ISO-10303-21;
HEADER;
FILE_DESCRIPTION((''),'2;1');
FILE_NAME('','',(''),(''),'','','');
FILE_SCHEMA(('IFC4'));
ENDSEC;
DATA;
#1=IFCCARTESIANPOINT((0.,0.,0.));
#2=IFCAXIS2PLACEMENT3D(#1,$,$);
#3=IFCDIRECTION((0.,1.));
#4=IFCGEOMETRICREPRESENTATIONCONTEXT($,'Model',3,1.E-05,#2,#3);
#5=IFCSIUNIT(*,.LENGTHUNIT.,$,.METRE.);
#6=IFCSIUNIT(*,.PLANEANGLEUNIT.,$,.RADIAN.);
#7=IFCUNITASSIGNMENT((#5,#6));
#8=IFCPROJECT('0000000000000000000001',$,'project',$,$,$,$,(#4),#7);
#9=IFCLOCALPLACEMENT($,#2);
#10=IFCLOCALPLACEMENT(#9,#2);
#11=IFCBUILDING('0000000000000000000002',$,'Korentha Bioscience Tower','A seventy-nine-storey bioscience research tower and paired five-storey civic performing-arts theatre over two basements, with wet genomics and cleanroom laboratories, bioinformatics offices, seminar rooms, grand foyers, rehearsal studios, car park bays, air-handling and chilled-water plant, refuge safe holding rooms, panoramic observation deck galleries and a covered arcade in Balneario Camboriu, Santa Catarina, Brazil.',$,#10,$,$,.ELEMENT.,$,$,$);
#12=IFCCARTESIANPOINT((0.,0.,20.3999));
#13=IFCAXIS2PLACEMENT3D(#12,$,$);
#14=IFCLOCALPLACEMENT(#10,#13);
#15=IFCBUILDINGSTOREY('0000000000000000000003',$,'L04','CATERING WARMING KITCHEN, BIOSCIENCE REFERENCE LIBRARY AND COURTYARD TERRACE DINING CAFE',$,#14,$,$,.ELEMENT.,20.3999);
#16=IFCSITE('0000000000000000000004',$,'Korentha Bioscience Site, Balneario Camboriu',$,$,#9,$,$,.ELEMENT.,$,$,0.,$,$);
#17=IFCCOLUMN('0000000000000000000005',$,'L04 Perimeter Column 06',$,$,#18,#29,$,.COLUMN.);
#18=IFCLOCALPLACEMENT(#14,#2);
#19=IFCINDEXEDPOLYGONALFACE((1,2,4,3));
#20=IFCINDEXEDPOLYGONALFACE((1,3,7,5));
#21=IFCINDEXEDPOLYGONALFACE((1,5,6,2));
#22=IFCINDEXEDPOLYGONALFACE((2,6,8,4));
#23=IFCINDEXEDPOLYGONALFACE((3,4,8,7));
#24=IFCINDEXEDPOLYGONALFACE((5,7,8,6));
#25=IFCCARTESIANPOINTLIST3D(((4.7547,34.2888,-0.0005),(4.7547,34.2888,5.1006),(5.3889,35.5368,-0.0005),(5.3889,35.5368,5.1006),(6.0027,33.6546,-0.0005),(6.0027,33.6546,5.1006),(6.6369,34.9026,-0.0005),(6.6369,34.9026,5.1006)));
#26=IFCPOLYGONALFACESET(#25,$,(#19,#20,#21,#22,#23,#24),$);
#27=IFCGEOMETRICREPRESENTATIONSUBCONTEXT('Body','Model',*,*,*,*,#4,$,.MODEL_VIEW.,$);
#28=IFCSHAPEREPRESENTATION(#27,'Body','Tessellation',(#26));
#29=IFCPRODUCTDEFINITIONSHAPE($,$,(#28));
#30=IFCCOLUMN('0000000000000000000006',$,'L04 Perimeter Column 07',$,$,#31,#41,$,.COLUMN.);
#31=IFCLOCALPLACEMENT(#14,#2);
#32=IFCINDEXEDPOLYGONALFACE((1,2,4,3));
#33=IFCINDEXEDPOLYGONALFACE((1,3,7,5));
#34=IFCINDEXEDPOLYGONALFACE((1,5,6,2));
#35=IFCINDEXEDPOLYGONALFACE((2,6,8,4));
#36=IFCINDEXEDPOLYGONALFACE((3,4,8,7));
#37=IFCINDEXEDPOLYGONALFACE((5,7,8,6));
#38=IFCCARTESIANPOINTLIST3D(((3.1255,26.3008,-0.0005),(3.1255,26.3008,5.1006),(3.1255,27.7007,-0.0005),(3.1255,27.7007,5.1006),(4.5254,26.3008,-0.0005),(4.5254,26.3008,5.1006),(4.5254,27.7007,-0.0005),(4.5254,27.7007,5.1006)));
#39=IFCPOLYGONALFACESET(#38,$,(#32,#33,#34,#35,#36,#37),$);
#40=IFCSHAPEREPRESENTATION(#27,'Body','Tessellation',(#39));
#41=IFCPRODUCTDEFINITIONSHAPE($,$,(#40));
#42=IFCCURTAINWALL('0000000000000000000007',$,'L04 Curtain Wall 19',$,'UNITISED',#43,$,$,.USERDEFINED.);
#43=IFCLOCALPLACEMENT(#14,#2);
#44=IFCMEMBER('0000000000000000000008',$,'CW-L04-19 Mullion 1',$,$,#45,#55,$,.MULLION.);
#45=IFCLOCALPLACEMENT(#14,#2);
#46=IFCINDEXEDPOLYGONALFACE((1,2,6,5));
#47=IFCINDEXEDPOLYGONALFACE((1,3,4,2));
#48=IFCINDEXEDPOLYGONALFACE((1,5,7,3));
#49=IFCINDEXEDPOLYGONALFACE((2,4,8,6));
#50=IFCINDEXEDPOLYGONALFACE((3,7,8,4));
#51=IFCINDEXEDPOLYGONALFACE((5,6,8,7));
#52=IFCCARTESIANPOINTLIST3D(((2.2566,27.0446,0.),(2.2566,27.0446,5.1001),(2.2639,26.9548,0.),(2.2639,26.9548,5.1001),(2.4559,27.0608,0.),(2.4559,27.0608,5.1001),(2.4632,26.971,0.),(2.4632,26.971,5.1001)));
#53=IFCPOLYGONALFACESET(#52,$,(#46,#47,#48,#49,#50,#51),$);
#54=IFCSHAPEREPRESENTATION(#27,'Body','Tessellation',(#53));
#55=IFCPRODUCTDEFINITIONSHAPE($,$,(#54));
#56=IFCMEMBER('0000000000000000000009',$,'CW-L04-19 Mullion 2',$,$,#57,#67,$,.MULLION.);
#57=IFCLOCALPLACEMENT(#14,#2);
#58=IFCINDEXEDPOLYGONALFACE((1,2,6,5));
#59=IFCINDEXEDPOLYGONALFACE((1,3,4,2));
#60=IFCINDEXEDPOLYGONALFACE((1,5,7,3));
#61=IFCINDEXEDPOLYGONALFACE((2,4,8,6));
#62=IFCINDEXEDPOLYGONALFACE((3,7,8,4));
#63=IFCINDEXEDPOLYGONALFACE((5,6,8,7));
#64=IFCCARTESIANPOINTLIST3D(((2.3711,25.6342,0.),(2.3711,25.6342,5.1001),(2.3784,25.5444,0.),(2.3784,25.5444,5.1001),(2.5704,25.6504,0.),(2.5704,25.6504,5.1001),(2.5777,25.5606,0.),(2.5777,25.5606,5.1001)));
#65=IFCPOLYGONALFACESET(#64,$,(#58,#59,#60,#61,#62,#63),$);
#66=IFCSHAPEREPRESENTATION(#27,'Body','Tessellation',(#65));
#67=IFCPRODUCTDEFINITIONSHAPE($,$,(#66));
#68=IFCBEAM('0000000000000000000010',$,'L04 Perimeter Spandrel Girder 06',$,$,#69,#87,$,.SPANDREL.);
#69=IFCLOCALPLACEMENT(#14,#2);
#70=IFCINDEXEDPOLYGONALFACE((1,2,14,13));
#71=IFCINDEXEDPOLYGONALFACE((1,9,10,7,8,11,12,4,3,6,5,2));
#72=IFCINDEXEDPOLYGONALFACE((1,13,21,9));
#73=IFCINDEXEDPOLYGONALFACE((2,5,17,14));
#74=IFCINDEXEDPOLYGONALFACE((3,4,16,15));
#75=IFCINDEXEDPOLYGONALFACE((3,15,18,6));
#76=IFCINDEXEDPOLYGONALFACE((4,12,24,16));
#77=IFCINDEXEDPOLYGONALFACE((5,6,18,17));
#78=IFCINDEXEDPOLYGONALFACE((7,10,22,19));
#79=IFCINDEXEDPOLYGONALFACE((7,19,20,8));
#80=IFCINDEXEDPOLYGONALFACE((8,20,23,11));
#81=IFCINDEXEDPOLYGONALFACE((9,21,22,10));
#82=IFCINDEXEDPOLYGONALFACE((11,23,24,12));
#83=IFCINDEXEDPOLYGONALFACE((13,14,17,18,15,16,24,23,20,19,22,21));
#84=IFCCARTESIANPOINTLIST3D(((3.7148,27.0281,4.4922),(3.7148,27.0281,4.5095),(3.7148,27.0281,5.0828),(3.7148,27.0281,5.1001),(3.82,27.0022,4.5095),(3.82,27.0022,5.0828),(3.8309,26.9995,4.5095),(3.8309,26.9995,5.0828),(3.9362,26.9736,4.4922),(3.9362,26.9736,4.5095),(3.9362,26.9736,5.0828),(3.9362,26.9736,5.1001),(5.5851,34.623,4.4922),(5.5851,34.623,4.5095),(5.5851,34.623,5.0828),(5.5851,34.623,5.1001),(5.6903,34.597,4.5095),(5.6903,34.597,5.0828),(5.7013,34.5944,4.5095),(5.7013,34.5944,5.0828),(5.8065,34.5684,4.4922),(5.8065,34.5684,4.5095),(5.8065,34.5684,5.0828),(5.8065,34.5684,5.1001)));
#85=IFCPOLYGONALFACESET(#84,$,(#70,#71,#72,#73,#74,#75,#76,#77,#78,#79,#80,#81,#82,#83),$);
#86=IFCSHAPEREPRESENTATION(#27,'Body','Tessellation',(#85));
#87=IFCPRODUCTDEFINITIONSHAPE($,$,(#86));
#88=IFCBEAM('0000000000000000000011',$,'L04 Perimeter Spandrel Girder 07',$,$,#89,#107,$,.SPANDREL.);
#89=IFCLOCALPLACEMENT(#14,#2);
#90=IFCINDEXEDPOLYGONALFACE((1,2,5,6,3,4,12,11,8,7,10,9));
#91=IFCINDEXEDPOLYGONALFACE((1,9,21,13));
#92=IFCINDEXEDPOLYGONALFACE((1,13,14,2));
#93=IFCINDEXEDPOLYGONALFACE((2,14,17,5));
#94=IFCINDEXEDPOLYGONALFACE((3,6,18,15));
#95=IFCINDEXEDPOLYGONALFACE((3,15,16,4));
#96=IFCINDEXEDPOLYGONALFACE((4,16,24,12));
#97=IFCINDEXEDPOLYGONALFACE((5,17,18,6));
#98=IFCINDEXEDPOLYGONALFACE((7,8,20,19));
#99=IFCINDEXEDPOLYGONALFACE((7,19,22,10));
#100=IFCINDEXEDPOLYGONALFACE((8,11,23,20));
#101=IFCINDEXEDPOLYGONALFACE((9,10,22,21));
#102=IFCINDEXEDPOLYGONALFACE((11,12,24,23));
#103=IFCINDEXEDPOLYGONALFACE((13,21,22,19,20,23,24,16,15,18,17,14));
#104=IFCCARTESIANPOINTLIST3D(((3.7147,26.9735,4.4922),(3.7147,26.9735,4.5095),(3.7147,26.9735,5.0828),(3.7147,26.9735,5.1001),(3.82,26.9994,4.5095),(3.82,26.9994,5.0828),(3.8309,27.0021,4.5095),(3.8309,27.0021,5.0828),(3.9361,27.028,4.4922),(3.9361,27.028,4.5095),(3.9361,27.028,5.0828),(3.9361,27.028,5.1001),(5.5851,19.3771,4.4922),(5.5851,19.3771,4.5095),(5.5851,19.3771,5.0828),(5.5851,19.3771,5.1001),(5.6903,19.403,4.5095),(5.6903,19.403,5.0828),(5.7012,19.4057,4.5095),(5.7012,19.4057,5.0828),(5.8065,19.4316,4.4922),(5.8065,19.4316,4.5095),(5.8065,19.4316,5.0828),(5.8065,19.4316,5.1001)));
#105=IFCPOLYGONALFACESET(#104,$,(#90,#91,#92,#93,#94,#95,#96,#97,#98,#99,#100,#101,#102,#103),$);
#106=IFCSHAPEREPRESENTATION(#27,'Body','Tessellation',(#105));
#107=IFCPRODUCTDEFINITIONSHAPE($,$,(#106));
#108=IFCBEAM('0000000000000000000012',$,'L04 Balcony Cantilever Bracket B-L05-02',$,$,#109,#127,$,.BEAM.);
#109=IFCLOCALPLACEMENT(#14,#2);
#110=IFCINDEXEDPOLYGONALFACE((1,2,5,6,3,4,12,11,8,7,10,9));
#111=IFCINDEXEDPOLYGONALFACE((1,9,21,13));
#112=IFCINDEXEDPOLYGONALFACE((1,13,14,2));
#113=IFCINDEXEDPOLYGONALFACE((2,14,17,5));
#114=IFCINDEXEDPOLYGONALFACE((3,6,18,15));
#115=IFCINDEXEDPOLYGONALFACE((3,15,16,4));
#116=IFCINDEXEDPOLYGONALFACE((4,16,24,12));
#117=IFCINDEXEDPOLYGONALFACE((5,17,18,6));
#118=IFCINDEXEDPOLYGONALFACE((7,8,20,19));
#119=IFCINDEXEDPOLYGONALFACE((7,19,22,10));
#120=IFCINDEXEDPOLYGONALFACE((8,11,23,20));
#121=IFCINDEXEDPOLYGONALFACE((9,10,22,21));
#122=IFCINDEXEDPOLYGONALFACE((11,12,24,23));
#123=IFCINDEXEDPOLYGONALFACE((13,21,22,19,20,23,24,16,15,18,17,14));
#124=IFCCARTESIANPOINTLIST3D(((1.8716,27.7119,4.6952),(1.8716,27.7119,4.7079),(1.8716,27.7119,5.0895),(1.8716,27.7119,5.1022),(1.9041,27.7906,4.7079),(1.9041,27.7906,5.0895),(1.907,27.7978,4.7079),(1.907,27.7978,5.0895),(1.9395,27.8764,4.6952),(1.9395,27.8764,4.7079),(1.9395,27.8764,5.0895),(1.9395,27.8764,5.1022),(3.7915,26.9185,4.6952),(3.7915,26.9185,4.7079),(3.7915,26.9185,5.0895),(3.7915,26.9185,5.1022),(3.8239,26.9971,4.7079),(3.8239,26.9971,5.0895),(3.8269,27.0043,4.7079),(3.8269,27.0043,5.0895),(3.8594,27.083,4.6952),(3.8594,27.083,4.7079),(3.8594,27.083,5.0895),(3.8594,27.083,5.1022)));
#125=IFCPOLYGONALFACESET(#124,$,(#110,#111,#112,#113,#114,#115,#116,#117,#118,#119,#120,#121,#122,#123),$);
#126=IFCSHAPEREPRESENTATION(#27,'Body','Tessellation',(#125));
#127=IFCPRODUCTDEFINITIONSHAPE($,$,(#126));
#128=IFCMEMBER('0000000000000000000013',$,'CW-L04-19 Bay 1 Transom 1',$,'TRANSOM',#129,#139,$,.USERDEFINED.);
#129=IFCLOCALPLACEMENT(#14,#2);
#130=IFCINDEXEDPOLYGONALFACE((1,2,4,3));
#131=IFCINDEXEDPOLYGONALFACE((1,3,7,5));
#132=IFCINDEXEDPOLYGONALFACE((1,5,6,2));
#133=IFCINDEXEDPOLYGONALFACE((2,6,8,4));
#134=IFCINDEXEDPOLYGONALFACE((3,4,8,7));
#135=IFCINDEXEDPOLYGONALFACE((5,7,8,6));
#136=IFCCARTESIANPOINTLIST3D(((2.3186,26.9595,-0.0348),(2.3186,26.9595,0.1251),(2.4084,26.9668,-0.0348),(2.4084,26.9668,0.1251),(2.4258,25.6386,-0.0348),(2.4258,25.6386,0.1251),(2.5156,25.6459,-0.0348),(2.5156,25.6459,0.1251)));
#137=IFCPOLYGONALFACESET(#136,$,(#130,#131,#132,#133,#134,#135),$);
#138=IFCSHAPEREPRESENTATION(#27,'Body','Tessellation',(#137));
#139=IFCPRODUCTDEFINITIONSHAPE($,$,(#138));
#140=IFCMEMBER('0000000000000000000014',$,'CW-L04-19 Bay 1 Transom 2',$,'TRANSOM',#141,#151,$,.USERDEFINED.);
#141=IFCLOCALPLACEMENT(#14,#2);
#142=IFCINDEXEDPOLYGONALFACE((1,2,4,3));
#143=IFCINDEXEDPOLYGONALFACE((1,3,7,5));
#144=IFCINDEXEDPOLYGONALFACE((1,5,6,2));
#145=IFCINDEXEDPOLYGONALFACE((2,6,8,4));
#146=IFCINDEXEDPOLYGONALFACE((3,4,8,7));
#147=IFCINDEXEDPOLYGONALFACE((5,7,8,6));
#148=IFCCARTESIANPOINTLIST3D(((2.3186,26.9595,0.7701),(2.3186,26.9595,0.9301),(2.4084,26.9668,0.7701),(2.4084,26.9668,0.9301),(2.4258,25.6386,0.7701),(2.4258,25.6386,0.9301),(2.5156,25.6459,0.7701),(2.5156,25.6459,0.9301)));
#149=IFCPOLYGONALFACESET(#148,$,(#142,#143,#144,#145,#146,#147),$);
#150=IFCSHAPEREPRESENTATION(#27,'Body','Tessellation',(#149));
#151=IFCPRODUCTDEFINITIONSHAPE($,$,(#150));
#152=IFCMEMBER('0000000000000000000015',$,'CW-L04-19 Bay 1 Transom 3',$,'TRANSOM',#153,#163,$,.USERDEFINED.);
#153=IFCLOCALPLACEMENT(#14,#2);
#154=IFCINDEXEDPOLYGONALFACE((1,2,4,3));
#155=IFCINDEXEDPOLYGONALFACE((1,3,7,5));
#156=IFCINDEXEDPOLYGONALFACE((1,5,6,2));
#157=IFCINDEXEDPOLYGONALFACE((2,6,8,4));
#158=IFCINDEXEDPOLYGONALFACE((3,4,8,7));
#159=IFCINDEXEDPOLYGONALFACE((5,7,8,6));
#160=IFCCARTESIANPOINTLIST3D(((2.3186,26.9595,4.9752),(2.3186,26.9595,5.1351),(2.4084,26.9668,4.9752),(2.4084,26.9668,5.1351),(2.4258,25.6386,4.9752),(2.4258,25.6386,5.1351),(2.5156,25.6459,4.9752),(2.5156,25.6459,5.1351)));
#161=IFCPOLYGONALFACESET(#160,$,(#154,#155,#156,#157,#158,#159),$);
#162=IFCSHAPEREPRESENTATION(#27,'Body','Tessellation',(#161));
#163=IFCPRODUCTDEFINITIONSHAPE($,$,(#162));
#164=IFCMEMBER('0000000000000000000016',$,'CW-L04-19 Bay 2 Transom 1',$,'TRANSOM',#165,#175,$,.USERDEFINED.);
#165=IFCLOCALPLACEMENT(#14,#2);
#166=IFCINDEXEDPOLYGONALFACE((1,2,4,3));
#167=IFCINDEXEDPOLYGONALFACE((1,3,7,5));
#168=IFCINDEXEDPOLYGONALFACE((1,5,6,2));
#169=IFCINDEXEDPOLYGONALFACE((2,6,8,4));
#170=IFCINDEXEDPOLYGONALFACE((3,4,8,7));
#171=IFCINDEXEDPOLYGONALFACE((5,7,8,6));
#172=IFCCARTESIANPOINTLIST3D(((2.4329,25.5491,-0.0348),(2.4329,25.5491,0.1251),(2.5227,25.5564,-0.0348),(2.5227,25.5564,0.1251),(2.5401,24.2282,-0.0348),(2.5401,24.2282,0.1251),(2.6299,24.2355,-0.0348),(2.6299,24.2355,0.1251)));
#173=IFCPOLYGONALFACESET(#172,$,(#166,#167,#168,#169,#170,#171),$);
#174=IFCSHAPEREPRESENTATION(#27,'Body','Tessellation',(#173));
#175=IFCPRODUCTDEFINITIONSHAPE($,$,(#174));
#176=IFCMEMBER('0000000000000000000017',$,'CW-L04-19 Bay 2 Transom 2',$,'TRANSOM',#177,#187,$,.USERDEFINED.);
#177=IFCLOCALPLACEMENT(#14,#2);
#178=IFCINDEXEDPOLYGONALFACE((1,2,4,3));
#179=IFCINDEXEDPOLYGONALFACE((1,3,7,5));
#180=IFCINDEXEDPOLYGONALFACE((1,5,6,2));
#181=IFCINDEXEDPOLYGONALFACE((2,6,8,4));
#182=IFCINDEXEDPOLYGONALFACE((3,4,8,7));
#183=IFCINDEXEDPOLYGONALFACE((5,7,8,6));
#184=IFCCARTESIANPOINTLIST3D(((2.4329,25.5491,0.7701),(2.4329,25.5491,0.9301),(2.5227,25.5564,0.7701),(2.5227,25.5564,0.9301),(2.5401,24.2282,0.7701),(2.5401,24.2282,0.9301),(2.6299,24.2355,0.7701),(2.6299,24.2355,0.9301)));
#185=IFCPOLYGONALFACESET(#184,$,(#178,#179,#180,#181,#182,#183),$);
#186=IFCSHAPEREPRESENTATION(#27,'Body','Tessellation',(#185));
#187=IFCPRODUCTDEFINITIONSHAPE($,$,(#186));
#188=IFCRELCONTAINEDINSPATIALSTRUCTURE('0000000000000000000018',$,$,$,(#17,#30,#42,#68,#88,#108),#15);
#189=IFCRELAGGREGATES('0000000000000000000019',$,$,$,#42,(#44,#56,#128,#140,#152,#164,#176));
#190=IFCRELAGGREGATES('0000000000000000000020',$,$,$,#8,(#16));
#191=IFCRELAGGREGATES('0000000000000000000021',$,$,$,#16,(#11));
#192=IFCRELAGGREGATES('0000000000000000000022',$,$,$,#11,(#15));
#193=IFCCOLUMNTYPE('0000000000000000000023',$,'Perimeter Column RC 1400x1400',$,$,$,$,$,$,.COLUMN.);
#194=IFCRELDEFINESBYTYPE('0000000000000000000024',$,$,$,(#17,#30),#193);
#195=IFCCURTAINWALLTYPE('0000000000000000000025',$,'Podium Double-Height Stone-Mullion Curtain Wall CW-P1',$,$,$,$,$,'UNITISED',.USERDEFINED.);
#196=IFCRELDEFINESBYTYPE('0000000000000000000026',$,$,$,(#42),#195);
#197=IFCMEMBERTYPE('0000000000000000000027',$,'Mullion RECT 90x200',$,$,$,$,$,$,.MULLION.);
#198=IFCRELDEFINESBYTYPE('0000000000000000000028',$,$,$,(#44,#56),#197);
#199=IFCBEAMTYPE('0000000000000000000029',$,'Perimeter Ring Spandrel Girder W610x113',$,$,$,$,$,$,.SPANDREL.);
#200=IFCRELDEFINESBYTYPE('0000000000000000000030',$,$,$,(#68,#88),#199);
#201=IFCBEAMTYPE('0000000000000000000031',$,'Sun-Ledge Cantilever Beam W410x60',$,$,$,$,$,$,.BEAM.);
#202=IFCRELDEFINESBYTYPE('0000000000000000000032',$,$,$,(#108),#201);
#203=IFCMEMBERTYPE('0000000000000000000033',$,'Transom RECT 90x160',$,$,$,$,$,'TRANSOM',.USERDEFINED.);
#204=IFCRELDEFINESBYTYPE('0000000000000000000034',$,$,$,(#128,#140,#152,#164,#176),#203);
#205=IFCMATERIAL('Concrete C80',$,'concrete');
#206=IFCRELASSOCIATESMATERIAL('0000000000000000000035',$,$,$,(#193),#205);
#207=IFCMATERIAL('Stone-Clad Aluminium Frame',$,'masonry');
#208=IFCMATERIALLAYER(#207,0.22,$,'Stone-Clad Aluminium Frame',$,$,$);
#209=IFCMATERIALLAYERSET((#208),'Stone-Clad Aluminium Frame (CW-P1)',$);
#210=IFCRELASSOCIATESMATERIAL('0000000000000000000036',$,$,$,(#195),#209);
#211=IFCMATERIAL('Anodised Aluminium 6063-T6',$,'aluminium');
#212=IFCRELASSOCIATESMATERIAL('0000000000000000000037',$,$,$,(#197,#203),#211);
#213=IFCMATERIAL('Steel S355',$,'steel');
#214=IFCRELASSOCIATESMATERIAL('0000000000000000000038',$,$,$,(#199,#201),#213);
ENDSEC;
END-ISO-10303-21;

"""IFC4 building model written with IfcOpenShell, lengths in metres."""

from ifc_helpers import new_model, si_unit, direction, frame, origin, origin_2d, place, context, subcontext, project, spatial, rectangle, i_section, extrude, material, layer, layer_set, material_profile, profile_set, type_object, element, aggregate, save


model = new_model("IFC4")

# Units and contexts
model_context = context("Model", 3, precision=1e-05, world=origin(), true_north=direction((0.0, 1.0)))
body_context = subcontext(model_context, "Body", "Model", "MODEL_VIEW")
ifc_project = project(units=[si_unit("LENGTHUNIT", "METRE"), si_unit("PLANEANGLEUNIT", "RADIAN")], contexts=[model_context])

# Site, building, storey
site_placement = place(None, origin())
site = spatial("IfcSite", under=ifc_project, at=site_placement, Name="Korentha Bioscience Site, Balneario Camboriu", CompositionType="ELEMENT", RefElevation=0.0)
building_placement = place(site_placement, origin())
building = spatial("IfcBuilding", under=site, at=building_placement, Name="Korentha Bioscience Tower", Description="A seventy-nine-storey bioscience research tower and paired five-storey civic performing-arts theatre over two basements, with wet genomics and cleanroom laboratories, bioinformatics offices, seminar rooms, grand foyers, rehearsal studios, car park bays, air-handling and chilled-water plant, refuge safe holding rooms, panoramic observation deck galleries and a covered arcade in Balneario Camboriu, Santa Catarina, Brazil.", CompositionType="ELEMENT")
storey_placement = place(building_placement, frame((0.0, 0.0, 20.3999)))
storey = spatial("IfcBuildingStorey", under=building, at=storey_placement, Name="L04", Description="CATERING WARMING KITCHEN, BIOSCIENCE REFERENCE LIBRARY AND COURTYARD TERRACE DINING CAFE", CompositionType="ELEMENT", Elevation=20.3999)

# Columns
ifc_material_1 = material(Name="Concrete C80", Category="concrete")
ifc_material_profile_1 = material_profile(ifc_material_1, rectangle(XDim=1.3999, YDim=1.3999, at=origin_2d()), Name="Concrete C80")
ifc_profile_set_1 = profile_set([ifc_material_profile_1], Name="Concrete C80 (COL-P14)")
column_type = type_object("IfcColumnType", Name="Perimeter Column RC 1400x1400", PredefinedType="COLUMN", material=ifc_profile_set_1)
for number, where, z_axis, x_axis, name in (
    (1, (5.6958, 34.5957, -0.0005), (0.0, 0.0, 1.0), (0.453057, 0.891481, 0.0), "L04 Perimeter Column 06"),
    (2, (3.8254, 27.0007, -0.0005), (0.0, 0.0, 1.0), (0.0, 1.0, 0.0), "L04 Perimeter Column 07"),
):
    element("IfcColumn", number, at=place(storey_placement, frame(where, z_axis=z_axis, x_axis=x_axis)), inside=storey, type_object=column_type, Name=name, PredefinedType="COLUMN", context=body_context, shape_type="SweptSolid", body=[
        extrude(rectangle(XDim=1.3999, YDim=1.3999, at=origin_2d()), origin(), (0.0, 0.0, 1.0), 5.1011),
    ])

# Curtain wall, members
ifc_material_2 = material(Name="Stone-Clad Aluminium Frame", Category="masonry")
ifc_layer_1 = layer(ifc_material_2, 0.22, Name="Stone-Clad Aluminium Frame")
ifc_layer_set_1 = layer_set([ifc_layer_1], Name="Stone-Clad Aluminium Frame (CW-P1)")
curtain_wall_type = type_object("IfcCurtainWallType", Name="Podium Double-Height Stone-Mullion Curtain Wall CW-P1", ElementType="UNITISED", PredefinedType="USERDEFINED", material=ifc_layer_set_1)
curtain_wall_placement = place(storey_placement, origin())
curtain_wall = element("IfcCurtainWall", 3, at=curtain_wall_placement, inside=storey, type_object=curtain_wall_type, Name="L04 Curtain Wall 19", ObjectType="UNITISED", PredefinedType="USERDEFINED")
ifc_material_3 = material(Name="Anodised Aluminium 6063-T6", Category="aluminium")
ifc_material_profile_2 = material_profile(ifc_material_3, rectangle(XDim=0.0901, YDim=0.2, at=origin_2d()), Name="Anodised Aluminium 6063-T6")
ifc_profile_set_2 = profile_set([ifc_material_profile_2], Name="Anodised Aluminium 6063-T6 (CW-MUL)")
member_type_1 = type_object("IfcMemberType", Name="Mullion RECT 90x200", PredefinedType="MULLION", material=ifc_profile_set_2)
member_1_placement = place(storey_placement, frame((2.3599, 27.0078, 0.0), z_axis=(0.0, 0.0, 1.0), x_axis=(0.08082, -0.996729, 0.0)))
member_1 = element("IfcMember", 4, at=member_1_placement, type_object=member_type_1, Name="CW-L04-19 Mullion 1", PredefinedType="MULLION", context=body_context, shape_type="SweptSolid", body=[
    extrude(rectangle(XDim=0.0901, YDim=0.2, at=origin_2d()), origin(), (0.0, 0.0, 1.0), 5.1001),
])
member_2_placement = place(storey_placement, frame((2.4744, 25.5974, 0.0), z_axis=(0.0, 0.0, 1.0), x_axis=(0.08082, -0.996729, 0.0)))
member_2 = element("IfcMember", 5, at=member_2_placement, type_object=member_type_1, Name="CW-L04-19 Mullion 2", PredefinedType="MULLION", context=body_context, shape_type="SweptSolid", body=[
    extrude(rectangle(XDim=0.0901, YDim=0.2, at=origin_2d()), origin(), (0.0, 0.0, 1.0), 5.1001),
])

# Beams
ifc_material_4 = material(Name="Steel S355", Category="steel")
ifc_material_profile_3 = material_profile(ifc_material_4, i_section(OverallWidth=0.228, OverallDepth=0.6079, WebThickness=0.0112, FlangeThickness=0.0173, at=origin_2d()), Name="Steel S355")
ifc_profile_set_3 = profile_set([ifc_material_profile_3], Name="Steel S355 (SB-610)")
beam_type_1 = type_object("IfcBeamType", Name="Perimeter Ring Spandrel Girder W610x113", PredefinedType="SPANDREL", material=ifc_profile_set_3)
beam_1_placement = place(storey_placement, frame((5.6958, 34.5957, 4.7961), z_axis=(-0.239119, -0.97099, 0.0), x_axis=(0.97099, -0.239119, 0.0)))
element("IfcBeam", 6, at=beam_1_placement, inside=storey, type_object=beam_type_1, Name="L04 Perimeter Spandrel Girder 06", PredefinedType="SPANDREL", context=body_context, shape_type="SweptSolid", body=[
    extrude(i_section(OverallWidth=0.228, OverallDepth=0.6079, WebThickness=0.0112, FlangeThickness=0.0173, at=origin_2d()), origin(), (0.0, 0.0, 1.0), 7.8218),
])
beam_2_placement = place(storey_placement, frame((3.8254, 27.0007, 4.7961), z_axis=(0.239076, -0.971001, 0.0), x_axis=(0.971001, 0.239076, 0.0)))
element("IfcBeam", 7, at=beam_2_placement, inside=storey, type_object=beam_type_1, Name="L04 Perimeter Spandrel Girder 07", PredefinedType="SPANDREL", context=body_context, shape_type="SweptSolid", body=[
    extrude(i_section(OverallWidth=0.228, OverallDepth=0.6079, WebThickness=0.0112, FlangeThickness=0.0173, at=origin_2d()), origin(), (0.0, 0.0, 1.0), 7.8232),
])
ifc_material_profile_4 = material_profile(ifc_material_4, i_section(OverallWidth=0.178, OverallDepth=0.407, WebThickness=0.0078, FlangeThickness=0.0127, at=origin_2d()), Name="Steel S355")
ifc_profile_set_4 = profile_set([ifc_material_profile_4], Name="Steel S355 (CB-410)")
beam_type_2 = type_object("IfcBeamType", Name="Sun-Ledge Cantilever Beam W410x60", PredefinedType="BEAM", material=ifc_profile_set_4)
beam_3_placement = place(storey_placement, frame((3.8254, 27.0007, 4.8987), z_axis=(-0.924186, 0.381943, 0.0), x_axis=(-0.381943, -0.924186, 0.0)))
element("IfcBeam", 8, at=beam_3_placement, inside=storey, type_object=beam_type_2, Name="L04 Balcony Cantilever Bracket B-L05-02", PredefinedType="BEAM", context=body_context, shape_type="SweptSolid", body=[
    extrude(i_section(OverallWidth=0.178, OverallDepth=0.407, WebThickness=0.0078, FlangeThickness=0.0127, at=origin_2d()), origin(), (0.0, 0.0, 1.0), 2.0774),
])

# Members
ifc_material_profile_5 = material_profile(ifc_material_3, rectangle(XDim=0.0901, YDim=0.1599, at=origin_2d()), Name="Anodised Aluminium 6063-T6")
ifc_profile_set_5 = profile_set([ifc_material_profile_5], Name="Anodised Aluminium 6063-T6 (CW-TRN)")
member_type_2 = type_object("IfcMemberType", Name="Transom RECT 90x160", ElementType="TRANSOM", PredefinedType="USERDEFINED", material=ifc_profile_set_5)
member_3_placement = place(storey_placement, frame((2.3635, 26.9631, 0.0452), z_axis=(0.08088, -0.996724, 0.0), x_axis=(0.996724, 0.08088, 0.0)))
member_3 = element("IfcMember", 9, at=member_3_placement, type_object=member_type_2, Name="CW-L04-19 Bay 1 Transom 1", ObjectType="TRANSOM", PredefinedType="USERDEFINED", context=body_context, shape_type="SweptSolid", body=[
    extrude(rectangle(XDim=0.0901, YDim=0.1599, at=origin_2d()), origin(), (0.0, 0.0, 1.0), 1.3252),
])
member_4_placement = place(storey_placement, frame((2.3635, 26.9631, 0.8501), z_axis=(0.08088, -0.996724, 0.0), x_axis=(0.996724, 0.08088, 0.0)))
member_4 = element("IfcMember", 10, at=member_4_placement, type_object=member_type_2, Name="CW-L04-19 Bay 1 Transom 2", ObjectType="TRANSOM", PredefinedType="USERDEFINED", context=body_context, shape_type="SweptSolid", body=[
    extrude(rectangle(XDim=0.0901, YDim=0.1599, at=origin_2d()), origin(), (0.0, 0.0, 1.0), 1.3252),
])
member_5_placement = place(storey_placement, frame((2.3635, 26.9631, 5.0552), z_axis=(0.08088, -0.996724, 0.0), x_axis=(0.996724, 0.08088, 0.0)))
member_5 = element("IfcMember", 11, at=member_5_placement, type_object=member_type_2, Name="CW-L04-19 Bay 1 Transom 3", ObjectType="TRANSOM", PredefinedType="USERDEFINED", context=body_context, shape_type="SweptSolid", body=[
    extrude(rectangle(XDim=0.0901, YDim=0.1599, at=origin_2d()), origin(), (0.0, 0.0, 1.0), 1.3252),
])
member_6_placement = place(storey_placement, frame((2.4778, 25.5527, 0.0452), z_axis=(0.08088, -0.996724, 0.0), x_axis=(0.996724, 0.08088, 0.0)))
member_6 = element("IfcMember", 12, at=member_6_placement, type_object=member_type_2, Name="CW-L04-19 Bay 2 Transom 1", ObjectType="TRANSOM", PredefinedType="USERDEFINED", context=body_context, shape_type="SweptSolid", body=[
    extrude(rectangle(XDim=0.0901, YDim=0.1599, at=origin_2d()), origin(), (0.0, 0.0, 1.0), 1.3252),
])
member_7_placement = place(storey_placement, frame((2.4778, 25.5527, 0.8501), z_axis=(0.08088, -0.996724, 0.0), x_axis=(0.996724, 0.08088, 0.0)))
member_7 = element("IfcMember", 13, at=member_7_placement, type_object=member_type_2, Name="CW-L04-19 Bay 2 Transom 2", ObjectType="TRANSOM", PredefinedType="USERDEFINED", context=body_context, shape_type="SweptSolid", body=[
    extrude(rectangle(XDim=0.0901, YDim=0.1599, at=origin_2d()), origin(), (0.0, 0.0, 1.0), 1.3252),
])

aggregate(curtain_wall, [member_1, member_2, member_3, member_4, member_5, member_6, member_7])

save(model, "model.ifc")
